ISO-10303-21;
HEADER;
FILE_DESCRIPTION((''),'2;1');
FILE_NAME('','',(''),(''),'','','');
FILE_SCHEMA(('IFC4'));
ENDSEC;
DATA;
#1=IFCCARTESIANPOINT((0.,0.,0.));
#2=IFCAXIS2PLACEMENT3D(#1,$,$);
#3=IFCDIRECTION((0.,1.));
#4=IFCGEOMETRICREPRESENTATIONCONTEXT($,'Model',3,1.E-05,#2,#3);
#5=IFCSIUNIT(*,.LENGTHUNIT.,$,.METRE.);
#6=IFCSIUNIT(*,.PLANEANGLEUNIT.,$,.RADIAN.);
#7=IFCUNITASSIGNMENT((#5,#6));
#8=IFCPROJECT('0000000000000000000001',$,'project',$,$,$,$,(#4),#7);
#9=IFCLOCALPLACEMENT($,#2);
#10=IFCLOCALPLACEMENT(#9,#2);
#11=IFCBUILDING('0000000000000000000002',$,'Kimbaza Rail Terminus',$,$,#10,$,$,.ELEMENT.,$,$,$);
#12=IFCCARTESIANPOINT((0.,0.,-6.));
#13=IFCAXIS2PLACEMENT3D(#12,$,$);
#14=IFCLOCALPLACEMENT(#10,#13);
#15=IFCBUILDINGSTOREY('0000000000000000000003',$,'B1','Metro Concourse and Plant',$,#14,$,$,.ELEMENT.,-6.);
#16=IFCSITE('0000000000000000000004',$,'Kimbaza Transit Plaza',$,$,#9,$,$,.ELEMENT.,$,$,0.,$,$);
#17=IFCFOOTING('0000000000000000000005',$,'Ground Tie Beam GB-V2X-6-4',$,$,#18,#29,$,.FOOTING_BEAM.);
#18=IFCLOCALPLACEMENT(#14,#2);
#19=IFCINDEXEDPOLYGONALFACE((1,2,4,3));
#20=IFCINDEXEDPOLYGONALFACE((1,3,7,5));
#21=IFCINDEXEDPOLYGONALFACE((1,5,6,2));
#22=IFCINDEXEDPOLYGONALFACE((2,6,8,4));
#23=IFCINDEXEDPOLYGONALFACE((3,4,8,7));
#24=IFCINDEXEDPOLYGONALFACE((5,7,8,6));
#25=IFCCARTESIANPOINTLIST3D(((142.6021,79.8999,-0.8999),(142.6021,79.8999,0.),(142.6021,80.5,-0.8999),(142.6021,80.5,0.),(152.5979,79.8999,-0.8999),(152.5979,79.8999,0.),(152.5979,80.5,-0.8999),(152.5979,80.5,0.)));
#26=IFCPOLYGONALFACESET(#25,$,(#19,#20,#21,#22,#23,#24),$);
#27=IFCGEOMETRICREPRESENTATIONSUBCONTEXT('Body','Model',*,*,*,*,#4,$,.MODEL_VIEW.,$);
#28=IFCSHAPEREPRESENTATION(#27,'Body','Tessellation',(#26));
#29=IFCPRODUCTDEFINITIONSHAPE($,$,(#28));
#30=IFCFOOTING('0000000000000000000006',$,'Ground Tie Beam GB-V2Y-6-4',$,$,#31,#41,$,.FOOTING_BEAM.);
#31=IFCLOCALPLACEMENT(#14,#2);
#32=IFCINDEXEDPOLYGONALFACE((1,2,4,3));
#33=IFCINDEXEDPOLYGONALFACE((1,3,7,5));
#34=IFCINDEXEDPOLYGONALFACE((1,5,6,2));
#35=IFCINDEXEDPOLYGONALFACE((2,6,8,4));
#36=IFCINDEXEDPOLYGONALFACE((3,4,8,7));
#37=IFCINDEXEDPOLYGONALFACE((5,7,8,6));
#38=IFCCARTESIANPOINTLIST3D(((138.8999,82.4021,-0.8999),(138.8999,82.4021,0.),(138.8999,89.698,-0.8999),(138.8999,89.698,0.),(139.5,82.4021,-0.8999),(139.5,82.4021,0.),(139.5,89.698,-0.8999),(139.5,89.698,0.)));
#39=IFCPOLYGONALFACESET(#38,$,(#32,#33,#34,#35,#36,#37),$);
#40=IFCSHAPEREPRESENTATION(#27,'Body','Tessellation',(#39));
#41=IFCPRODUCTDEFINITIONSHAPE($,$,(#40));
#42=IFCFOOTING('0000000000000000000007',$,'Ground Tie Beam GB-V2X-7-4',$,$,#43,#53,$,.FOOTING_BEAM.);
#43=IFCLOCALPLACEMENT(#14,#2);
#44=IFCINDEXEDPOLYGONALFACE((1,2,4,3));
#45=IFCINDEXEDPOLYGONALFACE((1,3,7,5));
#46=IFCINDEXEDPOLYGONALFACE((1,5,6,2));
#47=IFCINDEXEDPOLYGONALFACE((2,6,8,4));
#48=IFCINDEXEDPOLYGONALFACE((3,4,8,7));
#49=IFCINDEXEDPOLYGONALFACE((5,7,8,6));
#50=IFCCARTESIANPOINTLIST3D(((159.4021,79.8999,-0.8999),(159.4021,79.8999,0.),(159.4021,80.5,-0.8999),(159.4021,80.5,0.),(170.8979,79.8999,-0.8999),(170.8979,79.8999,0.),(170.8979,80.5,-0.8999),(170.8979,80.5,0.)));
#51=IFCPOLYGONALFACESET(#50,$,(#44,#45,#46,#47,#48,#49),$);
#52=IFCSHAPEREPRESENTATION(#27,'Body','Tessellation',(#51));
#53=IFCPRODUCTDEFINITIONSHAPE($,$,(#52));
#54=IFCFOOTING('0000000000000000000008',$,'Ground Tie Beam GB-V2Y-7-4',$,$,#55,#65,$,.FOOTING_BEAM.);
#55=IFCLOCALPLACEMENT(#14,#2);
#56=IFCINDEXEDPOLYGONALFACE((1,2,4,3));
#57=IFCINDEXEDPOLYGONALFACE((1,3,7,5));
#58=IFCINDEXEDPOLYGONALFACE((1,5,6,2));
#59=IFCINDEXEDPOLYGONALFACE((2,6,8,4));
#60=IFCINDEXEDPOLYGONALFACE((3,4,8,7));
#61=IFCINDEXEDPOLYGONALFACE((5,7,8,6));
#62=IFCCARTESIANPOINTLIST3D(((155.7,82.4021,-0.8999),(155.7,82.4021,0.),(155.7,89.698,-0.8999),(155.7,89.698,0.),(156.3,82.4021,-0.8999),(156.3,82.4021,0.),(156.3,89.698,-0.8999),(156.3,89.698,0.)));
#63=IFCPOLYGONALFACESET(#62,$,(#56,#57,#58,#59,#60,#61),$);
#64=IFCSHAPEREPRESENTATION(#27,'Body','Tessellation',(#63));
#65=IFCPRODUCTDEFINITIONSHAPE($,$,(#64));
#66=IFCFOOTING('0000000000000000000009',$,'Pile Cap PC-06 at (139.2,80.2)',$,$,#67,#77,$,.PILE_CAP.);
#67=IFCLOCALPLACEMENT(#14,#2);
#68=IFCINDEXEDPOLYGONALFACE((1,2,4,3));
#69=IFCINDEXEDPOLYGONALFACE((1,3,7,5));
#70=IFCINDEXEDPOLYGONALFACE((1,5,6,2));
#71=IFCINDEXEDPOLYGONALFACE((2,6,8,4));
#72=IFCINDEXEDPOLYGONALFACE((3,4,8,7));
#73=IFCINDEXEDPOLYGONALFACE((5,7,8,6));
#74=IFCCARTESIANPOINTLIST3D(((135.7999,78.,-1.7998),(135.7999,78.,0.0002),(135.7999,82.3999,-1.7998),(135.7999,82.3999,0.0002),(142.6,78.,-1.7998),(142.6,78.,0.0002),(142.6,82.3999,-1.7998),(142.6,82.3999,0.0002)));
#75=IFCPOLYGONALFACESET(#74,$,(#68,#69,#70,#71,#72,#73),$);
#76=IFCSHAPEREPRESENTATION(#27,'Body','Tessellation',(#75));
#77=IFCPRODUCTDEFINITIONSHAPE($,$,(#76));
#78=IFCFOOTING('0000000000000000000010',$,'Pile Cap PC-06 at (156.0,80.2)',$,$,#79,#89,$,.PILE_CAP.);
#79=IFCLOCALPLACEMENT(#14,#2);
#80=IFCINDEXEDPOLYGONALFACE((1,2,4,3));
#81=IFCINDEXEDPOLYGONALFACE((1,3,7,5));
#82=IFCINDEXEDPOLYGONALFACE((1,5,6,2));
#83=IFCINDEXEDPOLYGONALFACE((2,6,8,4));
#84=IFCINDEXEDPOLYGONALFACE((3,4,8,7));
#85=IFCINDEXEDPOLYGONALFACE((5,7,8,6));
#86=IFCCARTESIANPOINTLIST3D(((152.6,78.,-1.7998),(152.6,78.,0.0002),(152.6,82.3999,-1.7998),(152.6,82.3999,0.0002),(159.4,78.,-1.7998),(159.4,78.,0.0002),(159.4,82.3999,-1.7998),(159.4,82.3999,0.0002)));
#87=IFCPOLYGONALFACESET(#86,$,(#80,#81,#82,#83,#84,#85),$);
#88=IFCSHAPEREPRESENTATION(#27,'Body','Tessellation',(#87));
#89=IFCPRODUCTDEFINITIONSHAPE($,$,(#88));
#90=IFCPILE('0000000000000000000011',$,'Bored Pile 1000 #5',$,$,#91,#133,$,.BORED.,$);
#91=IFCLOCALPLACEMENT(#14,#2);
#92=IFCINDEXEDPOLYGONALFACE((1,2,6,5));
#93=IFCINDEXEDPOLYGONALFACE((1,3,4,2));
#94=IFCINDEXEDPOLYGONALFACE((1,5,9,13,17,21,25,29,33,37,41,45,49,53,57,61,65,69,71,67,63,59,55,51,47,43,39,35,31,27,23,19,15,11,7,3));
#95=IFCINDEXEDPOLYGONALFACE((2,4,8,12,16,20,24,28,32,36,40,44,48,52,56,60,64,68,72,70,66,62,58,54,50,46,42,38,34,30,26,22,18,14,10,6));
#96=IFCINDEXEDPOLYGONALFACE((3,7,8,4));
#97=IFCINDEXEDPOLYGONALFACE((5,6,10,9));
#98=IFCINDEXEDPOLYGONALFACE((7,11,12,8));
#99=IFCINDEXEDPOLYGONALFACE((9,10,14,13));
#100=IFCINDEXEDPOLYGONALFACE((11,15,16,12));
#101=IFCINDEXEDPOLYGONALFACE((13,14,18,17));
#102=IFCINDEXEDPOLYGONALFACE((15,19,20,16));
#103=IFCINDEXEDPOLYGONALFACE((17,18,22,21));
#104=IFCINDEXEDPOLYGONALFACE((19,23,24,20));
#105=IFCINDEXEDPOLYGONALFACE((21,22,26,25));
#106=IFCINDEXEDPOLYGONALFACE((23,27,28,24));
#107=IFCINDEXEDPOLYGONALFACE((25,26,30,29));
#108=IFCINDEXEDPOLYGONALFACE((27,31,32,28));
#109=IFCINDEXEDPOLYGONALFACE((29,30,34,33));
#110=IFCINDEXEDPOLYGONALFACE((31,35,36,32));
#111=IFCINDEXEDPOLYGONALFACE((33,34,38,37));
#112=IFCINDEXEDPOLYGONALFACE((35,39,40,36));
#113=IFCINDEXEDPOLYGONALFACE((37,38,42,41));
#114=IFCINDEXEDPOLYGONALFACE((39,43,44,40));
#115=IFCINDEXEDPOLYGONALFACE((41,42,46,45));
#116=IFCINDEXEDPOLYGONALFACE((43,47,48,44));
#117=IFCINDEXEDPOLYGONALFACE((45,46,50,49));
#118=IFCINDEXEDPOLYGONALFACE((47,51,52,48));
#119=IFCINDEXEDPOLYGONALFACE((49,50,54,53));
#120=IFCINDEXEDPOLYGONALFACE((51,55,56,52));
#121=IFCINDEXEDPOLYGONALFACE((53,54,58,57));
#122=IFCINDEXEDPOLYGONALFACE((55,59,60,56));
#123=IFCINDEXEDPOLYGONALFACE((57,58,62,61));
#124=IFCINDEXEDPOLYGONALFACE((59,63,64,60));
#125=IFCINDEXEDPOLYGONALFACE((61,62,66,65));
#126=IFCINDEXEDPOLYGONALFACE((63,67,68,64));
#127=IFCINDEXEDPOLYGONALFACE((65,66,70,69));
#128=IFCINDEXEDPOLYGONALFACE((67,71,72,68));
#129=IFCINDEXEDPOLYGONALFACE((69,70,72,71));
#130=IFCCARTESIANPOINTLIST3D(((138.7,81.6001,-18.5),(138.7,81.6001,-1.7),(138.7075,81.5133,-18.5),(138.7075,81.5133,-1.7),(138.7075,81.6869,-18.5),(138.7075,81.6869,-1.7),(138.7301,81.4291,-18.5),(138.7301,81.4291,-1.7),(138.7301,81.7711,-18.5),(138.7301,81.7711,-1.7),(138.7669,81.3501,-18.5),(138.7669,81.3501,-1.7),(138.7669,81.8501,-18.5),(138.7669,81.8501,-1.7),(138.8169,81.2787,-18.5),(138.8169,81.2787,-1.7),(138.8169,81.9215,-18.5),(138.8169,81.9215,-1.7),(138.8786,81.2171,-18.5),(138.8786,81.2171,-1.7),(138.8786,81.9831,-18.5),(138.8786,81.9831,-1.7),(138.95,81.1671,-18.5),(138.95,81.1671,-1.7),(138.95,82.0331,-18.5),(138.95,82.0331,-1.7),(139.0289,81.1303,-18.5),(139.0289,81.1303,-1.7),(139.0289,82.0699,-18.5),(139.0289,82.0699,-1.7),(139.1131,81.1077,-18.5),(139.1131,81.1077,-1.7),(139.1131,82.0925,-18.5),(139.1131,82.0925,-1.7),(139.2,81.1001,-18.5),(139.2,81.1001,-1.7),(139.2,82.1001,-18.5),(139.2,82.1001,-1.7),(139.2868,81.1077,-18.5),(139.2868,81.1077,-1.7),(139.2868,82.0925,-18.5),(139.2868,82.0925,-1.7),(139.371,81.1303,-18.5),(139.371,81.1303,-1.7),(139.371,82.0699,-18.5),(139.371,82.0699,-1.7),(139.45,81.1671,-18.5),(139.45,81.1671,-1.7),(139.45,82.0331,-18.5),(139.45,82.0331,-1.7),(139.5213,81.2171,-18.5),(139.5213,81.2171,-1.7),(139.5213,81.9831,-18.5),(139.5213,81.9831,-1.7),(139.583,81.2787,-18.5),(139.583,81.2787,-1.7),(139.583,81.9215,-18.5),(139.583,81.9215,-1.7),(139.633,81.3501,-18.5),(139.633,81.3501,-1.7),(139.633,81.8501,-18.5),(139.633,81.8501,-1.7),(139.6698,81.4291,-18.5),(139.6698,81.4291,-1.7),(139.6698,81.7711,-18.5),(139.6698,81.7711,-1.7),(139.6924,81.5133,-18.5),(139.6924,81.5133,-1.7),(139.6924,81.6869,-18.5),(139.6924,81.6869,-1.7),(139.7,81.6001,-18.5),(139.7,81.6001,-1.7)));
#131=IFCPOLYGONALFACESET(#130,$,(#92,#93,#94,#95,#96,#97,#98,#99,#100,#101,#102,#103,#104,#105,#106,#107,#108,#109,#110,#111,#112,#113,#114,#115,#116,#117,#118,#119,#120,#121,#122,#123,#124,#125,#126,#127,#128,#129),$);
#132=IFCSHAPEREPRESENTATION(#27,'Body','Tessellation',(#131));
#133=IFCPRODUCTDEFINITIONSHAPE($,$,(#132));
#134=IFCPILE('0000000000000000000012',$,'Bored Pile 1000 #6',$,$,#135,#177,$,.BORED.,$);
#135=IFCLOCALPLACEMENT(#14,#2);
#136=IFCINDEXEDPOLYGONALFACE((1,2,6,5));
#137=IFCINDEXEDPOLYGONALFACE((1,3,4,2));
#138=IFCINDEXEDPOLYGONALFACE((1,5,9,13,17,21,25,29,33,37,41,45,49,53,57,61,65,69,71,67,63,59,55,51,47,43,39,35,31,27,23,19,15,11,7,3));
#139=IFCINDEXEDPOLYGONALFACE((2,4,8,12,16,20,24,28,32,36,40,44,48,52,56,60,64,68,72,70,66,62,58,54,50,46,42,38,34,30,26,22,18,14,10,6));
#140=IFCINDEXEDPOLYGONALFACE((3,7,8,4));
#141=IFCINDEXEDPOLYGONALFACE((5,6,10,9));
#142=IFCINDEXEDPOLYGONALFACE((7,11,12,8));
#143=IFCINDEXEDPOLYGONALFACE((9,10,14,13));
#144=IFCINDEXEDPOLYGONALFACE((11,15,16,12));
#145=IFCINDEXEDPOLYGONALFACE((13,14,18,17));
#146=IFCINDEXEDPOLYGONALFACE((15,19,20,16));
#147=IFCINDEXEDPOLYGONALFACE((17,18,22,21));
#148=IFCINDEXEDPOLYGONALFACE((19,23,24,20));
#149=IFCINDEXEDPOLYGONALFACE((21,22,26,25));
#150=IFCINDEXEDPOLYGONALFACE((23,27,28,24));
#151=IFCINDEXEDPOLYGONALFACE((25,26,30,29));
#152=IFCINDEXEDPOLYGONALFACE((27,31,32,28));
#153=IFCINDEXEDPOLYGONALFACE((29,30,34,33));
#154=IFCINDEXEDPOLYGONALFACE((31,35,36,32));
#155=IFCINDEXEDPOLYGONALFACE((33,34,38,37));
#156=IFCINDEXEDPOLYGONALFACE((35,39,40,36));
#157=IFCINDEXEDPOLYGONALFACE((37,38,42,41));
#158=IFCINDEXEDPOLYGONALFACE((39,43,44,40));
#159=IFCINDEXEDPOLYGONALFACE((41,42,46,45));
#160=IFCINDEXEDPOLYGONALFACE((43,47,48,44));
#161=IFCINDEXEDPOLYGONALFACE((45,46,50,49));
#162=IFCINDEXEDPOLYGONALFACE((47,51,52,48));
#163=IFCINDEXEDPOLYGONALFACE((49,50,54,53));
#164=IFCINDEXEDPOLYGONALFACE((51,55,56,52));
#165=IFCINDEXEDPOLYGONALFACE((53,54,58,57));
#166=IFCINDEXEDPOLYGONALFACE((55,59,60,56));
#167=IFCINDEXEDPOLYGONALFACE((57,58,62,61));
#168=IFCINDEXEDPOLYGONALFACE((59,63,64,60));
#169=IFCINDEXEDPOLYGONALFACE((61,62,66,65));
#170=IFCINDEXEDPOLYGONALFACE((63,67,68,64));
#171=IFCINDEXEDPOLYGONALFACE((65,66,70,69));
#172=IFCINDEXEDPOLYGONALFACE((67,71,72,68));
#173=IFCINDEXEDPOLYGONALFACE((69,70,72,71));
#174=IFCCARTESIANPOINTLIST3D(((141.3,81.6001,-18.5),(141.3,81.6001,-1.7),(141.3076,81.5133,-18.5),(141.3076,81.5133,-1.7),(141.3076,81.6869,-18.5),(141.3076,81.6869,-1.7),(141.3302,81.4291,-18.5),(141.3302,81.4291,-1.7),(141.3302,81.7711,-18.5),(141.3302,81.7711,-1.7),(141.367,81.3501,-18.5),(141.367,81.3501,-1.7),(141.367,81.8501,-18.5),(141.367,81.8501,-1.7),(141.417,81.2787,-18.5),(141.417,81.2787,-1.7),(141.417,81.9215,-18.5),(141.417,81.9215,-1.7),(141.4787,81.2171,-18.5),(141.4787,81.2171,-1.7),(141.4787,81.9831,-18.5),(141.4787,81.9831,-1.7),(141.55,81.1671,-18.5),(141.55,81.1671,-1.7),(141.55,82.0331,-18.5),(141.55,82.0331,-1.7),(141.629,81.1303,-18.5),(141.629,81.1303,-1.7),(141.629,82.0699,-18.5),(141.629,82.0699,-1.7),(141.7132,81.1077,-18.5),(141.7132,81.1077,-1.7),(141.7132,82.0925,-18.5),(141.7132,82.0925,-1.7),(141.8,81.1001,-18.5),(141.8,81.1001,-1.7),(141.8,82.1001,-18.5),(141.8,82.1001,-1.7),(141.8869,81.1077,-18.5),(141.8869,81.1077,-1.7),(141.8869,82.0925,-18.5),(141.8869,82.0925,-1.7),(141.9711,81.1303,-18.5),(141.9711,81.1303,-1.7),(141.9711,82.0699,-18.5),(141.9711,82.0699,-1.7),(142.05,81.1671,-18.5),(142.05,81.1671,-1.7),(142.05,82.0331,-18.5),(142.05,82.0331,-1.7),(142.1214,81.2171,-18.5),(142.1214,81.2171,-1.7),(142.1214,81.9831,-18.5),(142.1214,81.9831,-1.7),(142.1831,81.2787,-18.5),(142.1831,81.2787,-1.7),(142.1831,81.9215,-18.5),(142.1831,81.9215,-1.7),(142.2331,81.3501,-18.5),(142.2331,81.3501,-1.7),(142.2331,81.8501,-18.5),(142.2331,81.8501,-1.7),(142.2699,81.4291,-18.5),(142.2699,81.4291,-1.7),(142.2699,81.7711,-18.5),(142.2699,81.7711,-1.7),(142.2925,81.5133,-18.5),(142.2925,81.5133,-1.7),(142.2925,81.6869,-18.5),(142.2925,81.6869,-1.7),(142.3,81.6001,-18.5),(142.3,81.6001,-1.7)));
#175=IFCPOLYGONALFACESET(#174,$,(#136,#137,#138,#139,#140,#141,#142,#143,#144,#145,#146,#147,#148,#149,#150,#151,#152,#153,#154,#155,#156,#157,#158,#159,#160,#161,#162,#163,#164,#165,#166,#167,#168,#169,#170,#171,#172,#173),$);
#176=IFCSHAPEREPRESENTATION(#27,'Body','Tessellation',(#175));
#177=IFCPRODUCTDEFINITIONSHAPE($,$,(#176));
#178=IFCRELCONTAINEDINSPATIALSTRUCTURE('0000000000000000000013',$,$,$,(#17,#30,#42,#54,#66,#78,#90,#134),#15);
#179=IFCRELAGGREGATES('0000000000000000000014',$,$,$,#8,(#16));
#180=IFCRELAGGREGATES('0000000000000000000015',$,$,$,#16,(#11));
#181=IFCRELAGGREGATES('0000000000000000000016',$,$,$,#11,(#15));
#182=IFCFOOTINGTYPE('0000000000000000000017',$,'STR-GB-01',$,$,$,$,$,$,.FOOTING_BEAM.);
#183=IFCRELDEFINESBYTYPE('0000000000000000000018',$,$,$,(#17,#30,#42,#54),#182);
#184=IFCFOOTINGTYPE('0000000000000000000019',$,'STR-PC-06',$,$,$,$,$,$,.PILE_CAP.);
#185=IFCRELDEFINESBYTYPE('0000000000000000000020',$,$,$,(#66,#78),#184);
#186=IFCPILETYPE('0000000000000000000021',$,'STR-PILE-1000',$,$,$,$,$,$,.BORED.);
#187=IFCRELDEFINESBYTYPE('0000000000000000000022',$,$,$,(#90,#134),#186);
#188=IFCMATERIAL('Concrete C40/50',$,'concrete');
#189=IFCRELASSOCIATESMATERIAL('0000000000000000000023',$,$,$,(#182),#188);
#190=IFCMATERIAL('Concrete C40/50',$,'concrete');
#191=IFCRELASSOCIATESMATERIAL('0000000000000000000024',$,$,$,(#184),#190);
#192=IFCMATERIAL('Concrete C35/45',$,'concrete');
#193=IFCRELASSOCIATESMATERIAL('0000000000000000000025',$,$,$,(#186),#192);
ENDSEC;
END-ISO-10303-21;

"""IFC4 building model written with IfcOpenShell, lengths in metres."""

from ifc_helpers import new_model, si_unit, direction, frame, origin, origin_2d, place, context, subcontext, project, spatial, rectangle, circle, extrude, material, material_profile, profile_set, type_object, element, save


model = new_model("IFC4")

# Units and contexts
model_context = context("Model", 3, precision=1e-05, world=origin(), true_north=direction((0.0, 1.0)))
body_context = subcontext(model_context, "Body", "Model", "MODEL_VIEW")
ifc_project = project(units=[si_unit("LENGTHUNIT", "METRE"), si_unit("PLANEANGLEUNIT", "RADIAN")], contexts=[model_context])

# Site, building, storey
site_placement = place(None, origin())
site = spatial("IfcSite", under=ifc_project, at=site_placement, Name="Kimbaza Transit Plaza", CompositionType="ELEMENT", RefElevation=0.0)
building_placement = place(site_placement, origin())
building = spatial("IfcBuilding", under=site, at=building_placement, Name="Kimbaza Rail Terminus", CompositionType="ELEMENT")
storey_placement = place(building_placement, frame((0.0, 0.0, -6.0)))
storey = spatial("IfcBuildingStorey", under=building, at=storey_placement, Name="B1", Description="Metro Concourse and Plant", CompositionType="ELEMENT", Elevation=-6.0)

# Footings
ifc_material_1 = material(Name="Concrete C40/50", Category="concrete")
ifc_material_profile_1 = material_profile(ifc_material_1, rectangle(XDim=0.6001, YDim=0.8999, at=origin_2d()), Name="GB-01 600x900")
ifc_profile_set_1 = profile_set([ifc_material_profile_1], Name="Concrete C40/50")
footing_type_1 = type_object("IfcFootingType", Name="STR-GB-01", PredefinedType="FOOTING_BEAM", material=ifc_profile_set_1)
footing_1_placement = place(storey_placement, frame((142.6021, 80.2, -0.45), z_axis=(1.0, 0.0, 0.0), x_axis=(0.0, 1.0, 0.0)))
element("IfcFooting", 1, at=footing_1_placement, inside=storey, type_object=footing_type_1, Name="Ground Tie Beam GB-V2X-6-4", PredefinedType="FOOTING_BEAM", context=body_context, shape_type="SweptSolid", body=[
    extrude(rectangle(XDim=0.6001, YDim=0.8999, at=origin_2d()), origin(), (0.0, 0.0, 1.0), 9.9958),
])
footing_2_placement = place(storey_placement, frame((139.2, 82.4021, -0.45), z_axis=(0.0, 1.0, 0.0), x_axis=(-1.0, 0.0, 0.0)))
element("IfcFooting", 2, at=footing_2_placement, inside=storey, type_object=footing_type_1, Name="Ground Tie Beam GB-V2Y-6-4", PredefinedType="FOOTING_BEAM", context=body_context, shape_type="SweptSolid", body=[
    extrude(rectangle(XDim=0.6001, YDim=0.8999, at=origin_2d()), origin(), (0.0, 0.0, 1.0), 7.2959),
])
footing_3_placement = place(storey_placement, frame((159.4021, 80.2, -0.45), z_axis=(1.0, 0.0, 0.0), x_axis=(0.0, 1.0, 0.0)))
element("IfcFooting", 3, at=footing_3_placement, inside=storey, type_object=footing_type_1, Name="Ground Tie Beam GB-V2X-7-4", PredefinedType="FOOTING_BEAM", context=body_context, shape_type="SweptSolid", body=[
    extrude(rectangle(XDim=0.6001, YDim=0.8999, at=origin_2d()), origin(), (0.0, 0.0, 1.0), 11.4958),
])
footing_4_placement = place(storey_placement, frame((156.0, 82.4021, -0.45), z_axis=(0.0, 1.0, 0.0), x_axis=(-1.0, 0.0, 0.0)))
element("IfcFooting", 4, at=footing_4_placement, inside=storey, type_object=footing_type_1, Name="Ground Tie Beam GB-V2Y-7-4", PredefinedType="FOOTING_BEAM", context=body_context, shape_type="SweptSolid", body=[
    extrude(rectangle(XDim=0.6001, YDim=0.8999, at=origin_2d()), origin(), (0.0, 0.0, 1.0), 7.2959),
])
ifc_material_2 = material(Name="Concrete C40/50", Category="concrete")
footing_type_2 = type_object("IfcFootingType", Name="STR-PC-06", PredefinedType="PILE_CAP", material=ifc_material_2)
for number, where, z_axis, x_axis, name in (
    (5, (139.2, 80.2, -1.7998), (0.0, 0.0, 1.0), (1.0, 0.0, 0.0), "Pile Cap PC-06 at (139.2,80.2)"),
    (6, (156.0, 80.2, -1.7998), (0.0, 0.0, 1.0), (1.0, 0.0, 0.0), "Pile Cap PC-06 at (156.0,80.2)"),
):
    element("IfcFooting", number, at=place(storey_placement, frame(where, z_axis=z_axis, x_axis=x_axis)), inside=storey, type_object=footing_type_2, Name=name, PredefinedType="PILE_CAP", context=body_context, shape_type="SweptSolid", body=[
        extrude(rectangle(XDim=6.8, YDim=4.3999, at=origin_2d()), origin(), (0.0, 0.0, 1.0), 1.8),
    ])

# Piles
ifc_material_3 = material(Name="Concrete C35/45", Category="concrete")
ifc_material_profile_2 = material_profile(ifc_material_3, circle(Radius=0.5, at=origin_2d()), Name="BORED PILE 1000")
ifc_profile_set_2 = profile_set([ifc_material_profile_2], Name="Concrete C35/45")
pile_type = type_object("IfcPileType", Name="STR-PILE-1000", PredefinedType="BORED", material=ifc_profile_set_2)
for number, where, z_axis, x_axis, name in (
    (7, (139.2, 81.6001, -1.7), (0.0, 0.0, -1.0), (1.0, 0.0, 0.0), "Bored Pile 1000 #5"),
    (8, (141.8, 81.6001, -1.7), (0.0, 0.0, -1.0), (1.0, 0.0, 0.0), "Bored Pile 1000 #6"),
):
    element("IfcPile", number, at=place(storey_placement, frame(where, z_axis=z_axis, x_axis=x_axis)), inside=storey, type_object=pile_type, Name=name, PredefinedType="BORED", context=body_context, shape_type="SweptSolid", body=[
        extrude(circle(Radius=0.5, at=origin_2d()), origin(), (0.0, 0.0, 1.0), 16.8),
    ])

save(model, "model.ifc")
